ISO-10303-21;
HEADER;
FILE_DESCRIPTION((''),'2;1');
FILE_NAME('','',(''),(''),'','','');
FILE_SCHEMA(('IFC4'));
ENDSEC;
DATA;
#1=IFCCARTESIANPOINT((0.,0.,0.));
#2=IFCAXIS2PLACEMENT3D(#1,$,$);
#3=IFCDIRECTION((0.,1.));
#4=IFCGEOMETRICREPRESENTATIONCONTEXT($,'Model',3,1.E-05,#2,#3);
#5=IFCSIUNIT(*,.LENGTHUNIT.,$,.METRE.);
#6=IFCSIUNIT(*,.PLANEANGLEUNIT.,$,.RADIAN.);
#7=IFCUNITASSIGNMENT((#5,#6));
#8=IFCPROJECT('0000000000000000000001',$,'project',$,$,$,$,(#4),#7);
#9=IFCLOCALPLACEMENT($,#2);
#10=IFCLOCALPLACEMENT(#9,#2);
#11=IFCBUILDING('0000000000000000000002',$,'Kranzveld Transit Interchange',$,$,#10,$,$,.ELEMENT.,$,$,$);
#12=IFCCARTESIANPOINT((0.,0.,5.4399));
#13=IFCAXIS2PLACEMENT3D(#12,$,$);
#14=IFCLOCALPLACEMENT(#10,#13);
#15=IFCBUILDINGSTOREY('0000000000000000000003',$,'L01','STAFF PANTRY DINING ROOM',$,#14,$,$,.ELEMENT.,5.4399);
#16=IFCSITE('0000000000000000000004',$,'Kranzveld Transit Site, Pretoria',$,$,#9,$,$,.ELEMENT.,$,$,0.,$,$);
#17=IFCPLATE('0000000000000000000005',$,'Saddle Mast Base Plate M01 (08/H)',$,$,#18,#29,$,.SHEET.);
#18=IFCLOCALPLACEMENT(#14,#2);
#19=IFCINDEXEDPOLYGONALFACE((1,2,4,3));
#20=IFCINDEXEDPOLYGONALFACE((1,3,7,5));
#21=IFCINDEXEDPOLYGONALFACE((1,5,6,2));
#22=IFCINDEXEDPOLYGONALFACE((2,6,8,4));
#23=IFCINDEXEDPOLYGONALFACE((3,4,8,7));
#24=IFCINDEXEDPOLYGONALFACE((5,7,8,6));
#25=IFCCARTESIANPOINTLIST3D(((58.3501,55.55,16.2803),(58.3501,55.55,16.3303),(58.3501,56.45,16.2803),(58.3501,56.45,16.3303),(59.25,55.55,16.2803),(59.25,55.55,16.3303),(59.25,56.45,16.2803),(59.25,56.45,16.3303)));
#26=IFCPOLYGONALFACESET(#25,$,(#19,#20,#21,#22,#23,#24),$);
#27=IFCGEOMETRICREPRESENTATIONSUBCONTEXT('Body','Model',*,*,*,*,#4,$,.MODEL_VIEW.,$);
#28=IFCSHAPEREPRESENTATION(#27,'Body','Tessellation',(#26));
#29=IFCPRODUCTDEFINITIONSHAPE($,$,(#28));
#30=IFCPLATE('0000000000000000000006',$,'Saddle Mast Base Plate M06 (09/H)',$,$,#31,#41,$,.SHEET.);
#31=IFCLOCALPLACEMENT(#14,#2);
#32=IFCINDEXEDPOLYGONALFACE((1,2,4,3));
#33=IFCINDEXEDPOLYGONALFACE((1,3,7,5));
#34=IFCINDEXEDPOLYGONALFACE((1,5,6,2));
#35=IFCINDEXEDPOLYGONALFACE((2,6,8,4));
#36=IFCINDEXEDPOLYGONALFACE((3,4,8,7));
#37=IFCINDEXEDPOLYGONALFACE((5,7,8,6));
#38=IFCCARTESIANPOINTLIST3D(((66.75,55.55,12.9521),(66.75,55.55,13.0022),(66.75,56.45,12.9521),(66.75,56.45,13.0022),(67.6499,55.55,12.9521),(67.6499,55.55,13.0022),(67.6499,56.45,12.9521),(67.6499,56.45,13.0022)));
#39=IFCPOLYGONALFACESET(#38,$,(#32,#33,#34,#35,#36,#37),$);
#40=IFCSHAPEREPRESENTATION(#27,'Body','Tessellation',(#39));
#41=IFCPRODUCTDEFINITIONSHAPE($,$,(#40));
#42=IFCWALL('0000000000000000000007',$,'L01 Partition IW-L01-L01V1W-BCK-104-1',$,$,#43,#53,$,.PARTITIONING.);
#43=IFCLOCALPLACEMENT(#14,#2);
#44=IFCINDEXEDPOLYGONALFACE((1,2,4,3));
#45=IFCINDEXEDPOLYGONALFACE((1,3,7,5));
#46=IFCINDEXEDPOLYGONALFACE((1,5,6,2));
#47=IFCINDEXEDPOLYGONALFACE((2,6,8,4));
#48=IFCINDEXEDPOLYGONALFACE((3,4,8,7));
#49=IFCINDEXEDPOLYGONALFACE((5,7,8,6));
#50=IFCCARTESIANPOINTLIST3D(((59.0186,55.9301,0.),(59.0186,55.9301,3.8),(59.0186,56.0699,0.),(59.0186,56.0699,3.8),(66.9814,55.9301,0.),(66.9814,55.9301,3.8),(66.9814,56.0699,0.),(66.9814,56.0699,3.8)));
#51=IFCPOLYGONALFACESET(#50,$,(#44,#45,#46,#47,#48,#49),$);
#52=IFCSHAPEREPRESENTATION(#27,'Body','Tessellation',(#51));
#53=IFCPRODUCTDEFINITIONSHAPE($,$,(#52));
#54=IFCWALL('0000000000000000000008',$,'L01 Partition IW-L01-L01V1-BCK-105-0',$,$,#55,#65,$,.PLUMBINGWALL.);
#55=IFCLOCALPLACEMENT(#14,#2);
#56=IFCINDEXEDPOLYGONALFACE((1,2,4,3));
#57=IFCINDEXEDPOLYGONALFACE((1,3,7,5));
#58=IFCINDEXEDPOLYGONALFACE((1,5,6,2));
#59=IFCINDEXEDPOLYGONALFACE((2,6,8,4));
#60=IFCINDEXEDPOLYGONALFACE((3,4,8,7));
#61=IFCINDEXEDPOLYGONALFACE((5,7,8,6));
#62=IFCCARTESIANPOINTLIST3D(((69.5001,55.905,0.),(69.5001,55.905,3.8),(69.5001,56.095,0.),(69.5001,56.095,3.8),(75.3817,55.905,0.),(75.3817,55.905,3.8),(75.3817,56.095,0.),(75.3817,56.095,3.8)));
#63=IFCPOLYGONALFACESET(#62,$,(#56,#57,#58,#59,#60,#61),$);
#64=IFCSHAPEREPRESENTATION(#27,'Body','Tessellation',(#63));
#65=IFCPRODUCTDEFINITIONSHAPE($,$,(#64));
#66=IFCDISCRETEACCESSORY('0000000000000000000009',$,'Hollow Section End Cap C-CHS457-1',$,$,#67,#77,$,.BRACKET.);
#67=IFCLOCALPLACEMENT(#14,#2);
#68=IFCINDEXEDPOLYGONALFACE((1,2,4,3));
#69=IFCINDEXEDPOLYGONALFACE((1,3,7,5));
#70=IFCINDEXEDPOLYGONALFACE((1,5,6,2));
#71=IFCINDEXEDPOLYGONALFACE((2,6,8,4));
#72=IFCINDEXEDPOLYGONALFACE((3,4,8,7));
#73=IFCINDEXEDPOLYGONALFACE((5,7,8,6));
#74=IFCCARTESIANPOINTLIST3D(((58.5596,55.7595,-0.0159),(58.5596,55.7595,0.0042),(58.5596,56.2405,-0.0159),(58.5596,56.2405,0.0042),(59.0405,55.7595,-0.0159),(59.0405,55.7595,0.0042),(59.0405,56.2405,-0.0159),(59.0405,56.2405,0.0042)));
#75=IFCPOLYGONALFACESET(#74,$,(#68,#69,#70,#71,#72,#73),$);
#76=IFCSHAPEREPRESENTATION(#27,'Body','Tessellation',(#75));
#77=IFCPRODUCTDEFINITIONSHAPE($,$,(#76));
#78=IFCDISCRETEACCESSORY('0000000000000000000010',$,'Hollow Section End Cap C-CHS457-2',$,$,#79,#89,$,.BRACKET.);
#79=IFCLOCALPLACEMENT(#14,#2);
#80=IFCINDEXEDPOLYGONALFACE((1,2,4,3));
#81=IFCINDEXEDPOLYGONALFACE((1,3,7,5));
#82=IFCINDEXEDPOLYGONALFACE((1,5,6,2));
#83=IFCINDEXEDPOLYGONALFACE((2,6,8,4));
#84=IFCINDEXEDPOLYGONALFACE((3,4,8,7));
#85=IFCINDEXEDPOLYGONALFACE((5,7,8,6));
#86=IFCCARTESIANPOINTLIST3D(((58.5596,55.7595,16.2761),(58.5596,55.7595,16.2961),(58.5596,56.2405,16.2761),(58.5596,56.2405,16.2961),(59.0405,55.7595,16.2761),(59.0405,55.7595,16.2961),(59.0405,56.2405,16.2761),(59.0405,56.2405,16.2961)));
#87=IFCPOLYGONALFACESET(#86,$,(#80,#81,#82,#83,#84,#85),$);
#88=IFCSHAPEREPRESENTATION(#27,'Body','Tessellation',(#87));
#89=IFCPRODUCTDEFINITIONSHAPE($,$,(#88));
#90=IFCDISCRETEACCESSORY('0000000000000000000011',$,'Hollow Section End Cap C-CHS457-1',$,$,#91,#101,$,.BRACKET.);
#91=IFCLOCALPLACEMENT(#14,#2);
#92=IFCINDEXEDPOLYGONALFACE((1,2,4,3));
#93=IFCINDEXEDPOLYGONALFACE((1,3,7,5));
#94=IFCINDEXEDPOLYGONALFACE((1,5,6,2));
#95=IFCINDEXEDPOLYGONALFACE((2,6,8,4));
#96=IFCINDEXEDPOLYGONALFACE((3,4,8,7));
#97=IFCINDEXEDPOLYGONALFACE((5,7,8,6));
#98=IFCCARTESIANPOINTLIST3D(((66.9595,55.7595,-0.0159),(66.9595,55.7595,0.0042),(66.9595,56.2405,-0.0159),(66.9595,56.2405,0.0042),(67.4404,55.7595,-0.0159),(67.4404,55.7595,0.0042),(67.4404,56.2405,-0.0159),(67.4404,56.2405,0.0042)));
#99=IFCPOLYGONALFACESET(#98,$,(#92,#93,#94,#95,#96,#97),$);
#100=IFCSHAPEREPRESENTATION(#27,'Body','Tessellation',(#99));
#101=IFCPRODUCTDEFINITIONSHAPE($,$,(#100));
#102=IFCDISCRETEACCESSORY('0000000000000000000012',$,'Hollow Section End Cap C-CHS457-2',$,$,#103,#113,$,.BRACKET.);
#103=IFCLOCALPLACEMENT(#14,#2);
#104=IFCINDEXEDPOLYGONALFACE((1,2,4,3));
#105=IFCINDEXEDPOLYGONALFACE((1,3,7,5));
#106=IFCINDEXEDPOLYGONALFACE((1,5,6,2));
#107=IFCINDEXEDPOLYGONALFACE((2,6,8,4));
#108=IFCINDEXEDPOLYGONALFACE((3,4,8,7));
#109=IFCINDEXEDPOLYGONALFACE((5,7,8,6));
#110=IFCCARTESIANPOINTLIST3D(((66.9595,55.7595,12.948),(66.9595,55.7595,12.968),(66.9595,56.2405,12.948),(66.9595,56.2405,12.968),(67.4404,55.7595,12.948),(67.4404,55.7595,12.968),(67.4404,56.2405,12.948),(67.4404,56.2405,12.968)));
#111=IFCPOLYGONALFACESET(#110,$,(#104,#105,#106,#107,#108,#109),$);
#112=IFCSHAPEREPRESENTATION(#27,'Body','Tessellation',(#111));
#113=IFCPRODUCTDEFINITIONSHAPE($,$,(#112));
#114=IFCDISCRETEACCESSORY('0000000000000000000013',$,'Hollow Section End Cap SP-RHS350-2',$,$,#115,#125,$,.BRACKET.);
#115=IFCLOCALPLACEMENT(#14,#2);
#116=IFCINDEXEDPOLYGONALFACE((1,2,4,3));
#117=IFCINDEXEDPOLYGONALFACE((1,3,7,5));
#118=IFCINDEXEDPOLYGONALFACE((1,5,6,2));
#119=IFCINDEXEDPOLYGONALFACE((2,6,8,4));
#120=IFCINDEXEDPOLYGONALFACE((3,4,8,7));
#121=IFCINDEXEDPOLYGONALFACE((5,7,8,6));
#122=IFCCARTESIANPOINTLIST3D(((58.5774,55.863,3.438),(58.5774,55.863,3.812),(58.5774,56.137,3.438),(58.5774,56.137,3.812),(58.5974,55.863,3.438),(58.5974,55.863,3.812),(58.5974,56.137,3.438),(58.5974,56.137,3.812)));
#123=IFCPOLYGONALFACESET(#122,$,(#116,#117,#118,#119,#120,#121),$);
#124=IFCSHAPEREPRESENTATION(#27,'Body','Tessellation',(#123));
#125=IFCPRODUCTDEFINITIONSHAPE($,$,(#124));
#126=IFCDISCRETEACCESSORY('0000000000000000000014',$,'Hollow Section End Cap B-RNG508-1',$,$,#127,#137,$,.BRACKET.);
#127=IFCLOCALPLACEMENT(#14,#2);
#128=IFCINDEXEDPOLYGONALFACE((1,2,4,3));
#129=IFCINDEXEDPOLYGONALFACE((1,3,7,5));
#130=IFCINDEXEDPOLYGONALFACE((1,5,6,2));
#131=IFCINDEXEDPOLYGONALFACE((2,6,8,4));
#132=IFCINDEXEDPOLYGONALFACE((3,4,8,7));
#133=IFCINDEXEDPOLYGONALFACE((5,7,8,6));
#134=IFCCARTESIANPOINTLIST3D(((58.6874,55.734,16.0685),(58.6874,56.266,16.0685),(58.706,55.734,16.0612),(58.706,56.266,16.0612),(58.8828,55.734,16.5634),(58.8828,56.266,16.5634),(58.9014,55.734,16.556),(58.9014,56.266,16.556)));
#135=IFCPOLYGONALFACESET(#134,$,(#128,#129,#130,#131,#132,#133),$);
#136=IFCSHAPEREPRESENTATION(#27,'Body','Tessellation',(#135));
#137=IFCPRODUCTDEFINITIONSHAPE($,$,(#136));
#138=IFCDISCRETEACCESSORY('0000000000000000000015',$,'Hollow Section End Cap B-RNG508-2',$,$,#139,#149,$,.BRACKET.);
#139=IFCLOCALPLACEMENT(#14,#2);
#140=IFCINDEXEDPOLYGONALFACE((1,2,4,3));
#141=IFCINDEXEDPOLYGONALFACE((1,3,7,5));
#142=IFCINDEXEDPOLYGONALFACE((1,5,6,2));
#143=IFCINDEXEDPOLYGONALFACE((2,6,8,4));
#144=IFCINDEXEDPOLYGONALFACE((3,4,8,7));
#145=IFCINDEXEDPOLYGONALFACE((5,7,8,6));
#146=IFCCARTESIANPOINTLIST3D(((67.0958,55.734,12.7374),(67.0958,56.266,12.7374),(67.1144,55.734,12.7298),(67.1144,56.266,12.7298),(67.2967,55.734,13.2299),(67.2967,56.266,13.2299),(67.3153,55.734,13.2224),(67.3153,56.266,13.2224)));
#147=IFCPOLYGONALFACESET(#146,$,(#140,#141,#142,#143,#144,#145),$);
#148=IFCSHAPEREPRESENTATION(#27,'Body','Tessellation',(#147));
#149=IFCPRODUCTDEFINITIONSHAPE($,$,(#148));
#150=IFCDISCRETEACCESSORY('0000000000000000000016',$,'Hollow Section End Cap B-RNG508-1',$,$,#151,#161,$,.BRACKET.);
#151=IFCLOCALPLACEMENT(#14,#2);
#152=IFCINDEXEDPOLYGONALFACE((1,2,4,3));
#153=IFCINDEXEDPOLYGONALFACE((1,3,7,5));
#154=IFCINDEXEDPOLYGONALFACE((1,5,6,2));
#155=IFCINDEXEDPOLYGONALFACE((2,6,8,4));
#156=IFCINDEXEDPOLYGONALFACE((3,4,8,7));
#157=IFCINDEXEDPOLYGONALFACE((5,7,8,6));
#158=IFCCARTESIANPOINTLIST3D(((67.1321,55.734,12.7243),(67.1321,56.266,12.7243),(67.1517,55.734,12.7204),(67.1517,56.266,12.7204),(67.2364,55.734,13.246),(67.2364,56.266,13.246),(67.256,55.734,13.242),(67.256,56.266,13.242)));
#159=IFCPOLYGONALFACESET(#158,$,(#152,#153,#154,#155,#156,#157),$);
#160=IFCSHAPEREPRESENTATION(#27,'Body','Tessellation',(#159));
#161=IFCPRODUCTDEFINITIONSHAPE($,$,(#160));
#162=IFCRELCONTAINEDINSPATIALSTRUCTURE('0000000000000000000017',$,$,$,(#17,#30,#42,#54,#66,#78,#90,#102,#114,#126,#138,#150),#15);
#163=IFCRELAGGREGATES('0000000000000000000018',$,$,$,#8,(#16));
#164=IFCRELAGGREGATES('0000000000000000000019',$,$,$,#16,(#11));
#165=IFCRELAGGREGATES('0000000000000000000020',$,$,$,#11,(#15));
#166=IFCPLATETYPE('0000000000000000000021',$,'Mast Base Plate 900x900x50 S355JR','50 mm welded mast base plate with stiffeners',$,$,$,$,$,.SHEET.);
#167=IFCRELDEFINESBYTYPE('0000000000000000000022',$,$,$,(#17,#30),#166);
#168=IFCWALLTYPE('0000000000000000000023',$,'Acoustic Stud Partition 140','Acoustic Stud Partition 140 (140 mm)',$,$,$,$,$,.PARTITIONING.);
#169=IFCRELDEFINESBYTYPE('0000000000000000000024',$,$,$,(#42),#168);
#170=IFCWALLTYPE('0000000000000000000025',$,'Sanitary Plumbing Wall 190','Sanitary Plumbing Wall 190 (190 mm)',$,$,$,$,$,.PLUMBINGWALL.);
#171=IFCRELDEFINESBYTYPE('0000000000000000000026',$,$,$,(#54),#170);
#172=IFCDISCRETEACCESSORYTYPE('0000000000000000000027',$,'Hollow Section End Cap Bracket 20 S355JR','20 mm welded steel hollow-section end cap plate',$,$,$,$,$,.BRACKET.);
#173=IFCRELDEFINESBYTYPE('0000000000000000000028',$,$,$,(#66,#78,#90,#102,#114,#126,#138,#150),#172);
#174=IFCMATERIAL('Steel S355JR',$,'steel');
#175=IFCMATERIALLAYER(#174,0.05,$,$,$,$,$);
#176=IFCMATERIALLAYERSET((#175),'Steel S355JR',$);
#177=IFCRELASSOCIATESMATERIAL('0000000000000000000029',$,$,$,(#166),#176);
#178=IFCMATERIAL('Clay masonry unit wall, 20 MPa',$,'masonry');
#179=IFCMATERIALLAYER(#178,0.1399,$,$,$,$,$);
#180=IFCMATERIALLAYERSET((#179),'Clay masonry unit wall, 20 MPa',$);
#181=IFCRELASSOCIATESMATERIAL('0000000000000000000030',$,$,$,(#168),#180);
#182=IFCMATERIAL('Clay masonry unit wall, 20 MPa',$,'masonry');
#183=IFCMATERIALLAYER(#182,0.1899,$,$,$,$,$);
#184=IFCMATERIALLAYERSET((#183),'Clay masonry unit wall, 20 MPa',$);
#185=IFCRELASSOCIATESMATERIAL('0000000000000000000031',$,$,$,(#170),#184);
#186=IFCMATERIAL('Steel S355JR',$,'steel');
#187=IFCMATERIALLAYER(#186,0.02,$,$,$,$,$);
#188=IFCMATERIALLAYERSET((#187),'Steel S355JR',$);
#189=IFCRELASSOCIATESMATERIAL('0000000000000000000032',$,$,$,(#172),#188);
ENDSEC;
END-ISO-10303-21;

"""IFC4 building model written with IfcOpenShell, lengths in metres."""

from ifc_helpers import new_model, si_unit, direction, frame, frame_2d, origin, origin_2d, place, context, subcontext, project, spatial, rectangle, extrude, material, layer, layer_set, type_object, element, save


model = new_model("IFC4")

# Units and contexts
model_context = context("Model", 3, precision=1e-05, world=origin(), true_north=direction((0.0, 1.0)))
body_context = subcontext(model_context, "Body", "Model", "MODEL_VIEW")
ifc_project = project(units=[si_unit("LENGTHUNIT", "METRE"), si_unit("PLANEANGLEUNIT", "RADIAN")], contexts=[model_context])

# Site, building, storey
site_placement = place(None, origin())
site = spatial("IfcSite", under=ifc_project, at=site_placement, Name="Kranzveld Transit Site, Pretoria", CompositionType="ELEMENT", RefElevation=0.0)
building_placement = place(site_placement, origin())
building = spatial("IfcBuilding", under=site, at=building_placement, Name="Kranzveld Transit Interchange", CompositionType="ELEMENT")
storey_placement = place(building_placement, frame((0.0, 0.0, 5.4399)))
storey = spatial("IfcBuildingStorey", under=building, at=storey_placement, Name="L01", Description="STAFF PANTRY DINING ROOM", CompositionType="ELEMENT", Elevation=5.4399)

# Plates
ifc_material_1 = material(Name="Steel S355JR", Category="steel")
ifc_layer_1 = layer(ifc_material_1, 0.05)
ifc_layer_set_1 = layer_set([ifc_layer_1], Name="Steel S355JR")
plate_type_1 = type_object("IfcPlateType", Name="Mast Base Plate 900x900x50 S355JR", Description="50 mm welded mast base plate with stiffeners", PredefinedType="SHEET", material=ifc_layer_set_1)
for number, where, z_axis, x_axis, name in (
    (1, (58.8, 56.0, 16.2803), (0.0, 0.0, 1.0), (1.0, 0.0, 0.0), "Saddle Mast Base Plate M01 (08/H)"),
    (2, (67.2, 56.0, 12.9521), (0.0, 0.0, 1.0), (1.0, 0.0, 0.0), "Saddle Mast Base Plate M06 (09/H)"),
):
    element("IfcPlate", number, at=place(storey_placement, frame(where, z_axis=z_axis, x_axis=x_axis)), inside=storey, type_object=plate_type_1, Name=name, PredefinedType="SHEET", context=body_context, shape_type="SweptSolid", body=[
        extrude(rectangle(XDim=0.8999, YDim=0.8999, at=origin_2d()), origin(), (0.0, 0.0, 1.0), 0.05),
    ])

# Walls
ifc_material_2 = material(Name="Clay masonry unit wall, 20 MPa", Category="masonry")
ifc_layer_2 = layer(ifc_material_2, 0.1399)
ifc_layer_set_2 = layer_set([ifc_layer_2], Name="Clay masonry unit wall, 20 MPa")
wall_type_1 = type_object("IfcWallType", Name="Acoustic Stud Partition 140", Description="Acoustic Stud Partition 140 (140 mm)", PredefinedType="PARTITIONING", material=ifc_layer_set_2)
wall_1_placement = place(storey_placement, frame((59.0186, 56.0, 0.0), z_axis=(0.0, 0.0, 1.0), x_axis=(1.0, 0.0, 0.0)))
element("IfcWall", 3, at=wall_1_placement, inside=storey, type_object=wall_type_1, Name="L01 Partition IW-L01-L01V1W-BCK-104-1", PredefinedType="PARTITIONING", context=body_context, shape_type="SweptSolid", body=[
    extrude(rectangle(XDim=7.9629, YDim=0.1399, at=frame_2d((3.9814, 0.0))), origin(), (0.0, 0.0, 1.0), 3.8),
])
ifc_material_3 = material(Name="Clay masonry unit wall, 20 MPa", Category="masonry")
ifc_layer_3 = layer(ifc_material_3, 0.1899)
ifc_layer_set_3 = layer_set([ifc_layer_3], Name="Clay masonry unit wall, 20 MPa")
wall_type_2 = type_object("IfcWallType", Name="Sanitary Plumbing Wall 190", Description="Sanitary Plumbing Wall 190 (190 mm)", PredefinedType="PLUMBINGWALL", material=ifc_layer_set_3)
wall_2_placement = place(storey_placement, frame((69.5, 56.0, 0.0), z_axis=(0.0, 0.0, 1.0), x_axis=(1.0, 0.0, 0.0)))
element("IfcWall", 4, at=wall_2_placement, inside=storey, type_object=wall_type_2, Name="L01 Partition IW-L01-L01V1-BCK-105-0", PredefinedType="PLUMBINGWALL", context=body_context, shape_type="SweptSolid", body=[
    extrude(rectangle(XDim=5.8816, YDim=0.1899, at=frame_2d((2.9409, 0.0))), origin(), (0.0, 0.0, 1.0), 3.8),
])

# Discrete accessories
ifc_material_4 = material(Name="Steel S355JR", Category="steel")
ifc_layer_4 = layer(ifc_material_4, 0.02)
ifc_layer_set_4 = layer_set([ifc_layer_4], Name="Steel S355JR")
discrete_accessory_type = type_object("IfcDiscreteAccessoryType", Name="Hollow Section End Cap Bracket 20 S355JR", Description="20 mm welded steel hollow-section end cap plate", PredefinedType="BRACKET", material=ifc_layer_set_4)
for number, where, z_axis, x_axis, name in (
    (5, (58.8, 56.0, 0.0042), (0.0, 0.0, -1.0), (1.0, 0.0, 0.0), "Hollow Section End Cap C-CHS457-1"),
    (6, (58.8, 56.0, 16.2761), (0.0, 0.0, 1.0), (1.0, 0.0, 0.0), "Hollow Section End Cap C-CHS457-2"),
    (7, (67.2, 56.0, 0.0042), (0.0, 0.0, -1.0), (1.0, 0.0, 0.0), "Hollow Section End Cap C-CHS457-1"),
    (8, (67.2, 56.0, 12.948), (0.0, 0.0, 1.0), (1.0, 0.0, 0.0), "Hollow Section End Cap C-CHS457-2"),
):
    element("IfcDiscreteAccessory", number, at=place(storey_placement, frame(where, z_axis=z_axis, x_axis=x_axis)), inside=storey, type_object=discrete_accessory_type, Name=name, PredefinedType="BRACKET", context=body_context, shape_type="SweptSolid", body=[
        extrude(rectangle(XDim=0.481, YDim=0.481, at=origin_2d()), origin(), (0.0, 0.0, 1.0), 0.02),
    ])
discrete_accessory_placement = place(storey_placement, frame((58.5774, 56.0, 3.625), z_axis=(1.0, 0.0, 0.0), x_axis=(0.0, 1.0, 0.0)))
element("IfcDiscreteAccessory", 9, at=discrete_accessory_placement, inside=storey, type_object=discrete_accessory_type, Name="Hollow Section End Cap SP-RHS350-2", PredefinedType="BRACKET", context=body_context, shape_type="SweptSolid", body=[
    extrude(rectangle(XDim=0.2739, YDim=0.374, at=origin_2d()), origin(), (0.0, 0.0, 1.0), 0.02),
])
for number, where, z_axis, x_axis, name in (
    (10, (58.8037, 56.0, 16.3086), (-0.930155, 0.0, 0.367167), (0.0, -1.0, 0.0), "Hollow Section End Cap B-RNG508-1"),
    (11, (67.1963, 56.0, 12.9836), (0.925935, 0.0, -0.377684), (0.0, 1.0, 0.0), "Hollow Section End Cap B-RNG508-2"),
    (12, (67.2039, 56.0, 12.9812), (-0.980581, 0.0, 0.196116), (0.0, -1.0, 0.0), "Hollow Section End Cap B-RNG508-1"),
):
    element("IfcDiscreteAccessory", number, at=place(storey_placement, frame(where, z_axis=z_axis, x_axis=x_axis)), inside=storey, type_object=discrete_accessory_type, Name=name, PredefinedType="BRACKET", context=body_context, shape_type="SweptSolid", body=[
        extrude(rectangle(XDim=0.532, YDim=0.532, at=origin_2d()), origin(), (0.0, 0.0, 1.0), 0.02),
    ])

save(model, "model.ifc")
